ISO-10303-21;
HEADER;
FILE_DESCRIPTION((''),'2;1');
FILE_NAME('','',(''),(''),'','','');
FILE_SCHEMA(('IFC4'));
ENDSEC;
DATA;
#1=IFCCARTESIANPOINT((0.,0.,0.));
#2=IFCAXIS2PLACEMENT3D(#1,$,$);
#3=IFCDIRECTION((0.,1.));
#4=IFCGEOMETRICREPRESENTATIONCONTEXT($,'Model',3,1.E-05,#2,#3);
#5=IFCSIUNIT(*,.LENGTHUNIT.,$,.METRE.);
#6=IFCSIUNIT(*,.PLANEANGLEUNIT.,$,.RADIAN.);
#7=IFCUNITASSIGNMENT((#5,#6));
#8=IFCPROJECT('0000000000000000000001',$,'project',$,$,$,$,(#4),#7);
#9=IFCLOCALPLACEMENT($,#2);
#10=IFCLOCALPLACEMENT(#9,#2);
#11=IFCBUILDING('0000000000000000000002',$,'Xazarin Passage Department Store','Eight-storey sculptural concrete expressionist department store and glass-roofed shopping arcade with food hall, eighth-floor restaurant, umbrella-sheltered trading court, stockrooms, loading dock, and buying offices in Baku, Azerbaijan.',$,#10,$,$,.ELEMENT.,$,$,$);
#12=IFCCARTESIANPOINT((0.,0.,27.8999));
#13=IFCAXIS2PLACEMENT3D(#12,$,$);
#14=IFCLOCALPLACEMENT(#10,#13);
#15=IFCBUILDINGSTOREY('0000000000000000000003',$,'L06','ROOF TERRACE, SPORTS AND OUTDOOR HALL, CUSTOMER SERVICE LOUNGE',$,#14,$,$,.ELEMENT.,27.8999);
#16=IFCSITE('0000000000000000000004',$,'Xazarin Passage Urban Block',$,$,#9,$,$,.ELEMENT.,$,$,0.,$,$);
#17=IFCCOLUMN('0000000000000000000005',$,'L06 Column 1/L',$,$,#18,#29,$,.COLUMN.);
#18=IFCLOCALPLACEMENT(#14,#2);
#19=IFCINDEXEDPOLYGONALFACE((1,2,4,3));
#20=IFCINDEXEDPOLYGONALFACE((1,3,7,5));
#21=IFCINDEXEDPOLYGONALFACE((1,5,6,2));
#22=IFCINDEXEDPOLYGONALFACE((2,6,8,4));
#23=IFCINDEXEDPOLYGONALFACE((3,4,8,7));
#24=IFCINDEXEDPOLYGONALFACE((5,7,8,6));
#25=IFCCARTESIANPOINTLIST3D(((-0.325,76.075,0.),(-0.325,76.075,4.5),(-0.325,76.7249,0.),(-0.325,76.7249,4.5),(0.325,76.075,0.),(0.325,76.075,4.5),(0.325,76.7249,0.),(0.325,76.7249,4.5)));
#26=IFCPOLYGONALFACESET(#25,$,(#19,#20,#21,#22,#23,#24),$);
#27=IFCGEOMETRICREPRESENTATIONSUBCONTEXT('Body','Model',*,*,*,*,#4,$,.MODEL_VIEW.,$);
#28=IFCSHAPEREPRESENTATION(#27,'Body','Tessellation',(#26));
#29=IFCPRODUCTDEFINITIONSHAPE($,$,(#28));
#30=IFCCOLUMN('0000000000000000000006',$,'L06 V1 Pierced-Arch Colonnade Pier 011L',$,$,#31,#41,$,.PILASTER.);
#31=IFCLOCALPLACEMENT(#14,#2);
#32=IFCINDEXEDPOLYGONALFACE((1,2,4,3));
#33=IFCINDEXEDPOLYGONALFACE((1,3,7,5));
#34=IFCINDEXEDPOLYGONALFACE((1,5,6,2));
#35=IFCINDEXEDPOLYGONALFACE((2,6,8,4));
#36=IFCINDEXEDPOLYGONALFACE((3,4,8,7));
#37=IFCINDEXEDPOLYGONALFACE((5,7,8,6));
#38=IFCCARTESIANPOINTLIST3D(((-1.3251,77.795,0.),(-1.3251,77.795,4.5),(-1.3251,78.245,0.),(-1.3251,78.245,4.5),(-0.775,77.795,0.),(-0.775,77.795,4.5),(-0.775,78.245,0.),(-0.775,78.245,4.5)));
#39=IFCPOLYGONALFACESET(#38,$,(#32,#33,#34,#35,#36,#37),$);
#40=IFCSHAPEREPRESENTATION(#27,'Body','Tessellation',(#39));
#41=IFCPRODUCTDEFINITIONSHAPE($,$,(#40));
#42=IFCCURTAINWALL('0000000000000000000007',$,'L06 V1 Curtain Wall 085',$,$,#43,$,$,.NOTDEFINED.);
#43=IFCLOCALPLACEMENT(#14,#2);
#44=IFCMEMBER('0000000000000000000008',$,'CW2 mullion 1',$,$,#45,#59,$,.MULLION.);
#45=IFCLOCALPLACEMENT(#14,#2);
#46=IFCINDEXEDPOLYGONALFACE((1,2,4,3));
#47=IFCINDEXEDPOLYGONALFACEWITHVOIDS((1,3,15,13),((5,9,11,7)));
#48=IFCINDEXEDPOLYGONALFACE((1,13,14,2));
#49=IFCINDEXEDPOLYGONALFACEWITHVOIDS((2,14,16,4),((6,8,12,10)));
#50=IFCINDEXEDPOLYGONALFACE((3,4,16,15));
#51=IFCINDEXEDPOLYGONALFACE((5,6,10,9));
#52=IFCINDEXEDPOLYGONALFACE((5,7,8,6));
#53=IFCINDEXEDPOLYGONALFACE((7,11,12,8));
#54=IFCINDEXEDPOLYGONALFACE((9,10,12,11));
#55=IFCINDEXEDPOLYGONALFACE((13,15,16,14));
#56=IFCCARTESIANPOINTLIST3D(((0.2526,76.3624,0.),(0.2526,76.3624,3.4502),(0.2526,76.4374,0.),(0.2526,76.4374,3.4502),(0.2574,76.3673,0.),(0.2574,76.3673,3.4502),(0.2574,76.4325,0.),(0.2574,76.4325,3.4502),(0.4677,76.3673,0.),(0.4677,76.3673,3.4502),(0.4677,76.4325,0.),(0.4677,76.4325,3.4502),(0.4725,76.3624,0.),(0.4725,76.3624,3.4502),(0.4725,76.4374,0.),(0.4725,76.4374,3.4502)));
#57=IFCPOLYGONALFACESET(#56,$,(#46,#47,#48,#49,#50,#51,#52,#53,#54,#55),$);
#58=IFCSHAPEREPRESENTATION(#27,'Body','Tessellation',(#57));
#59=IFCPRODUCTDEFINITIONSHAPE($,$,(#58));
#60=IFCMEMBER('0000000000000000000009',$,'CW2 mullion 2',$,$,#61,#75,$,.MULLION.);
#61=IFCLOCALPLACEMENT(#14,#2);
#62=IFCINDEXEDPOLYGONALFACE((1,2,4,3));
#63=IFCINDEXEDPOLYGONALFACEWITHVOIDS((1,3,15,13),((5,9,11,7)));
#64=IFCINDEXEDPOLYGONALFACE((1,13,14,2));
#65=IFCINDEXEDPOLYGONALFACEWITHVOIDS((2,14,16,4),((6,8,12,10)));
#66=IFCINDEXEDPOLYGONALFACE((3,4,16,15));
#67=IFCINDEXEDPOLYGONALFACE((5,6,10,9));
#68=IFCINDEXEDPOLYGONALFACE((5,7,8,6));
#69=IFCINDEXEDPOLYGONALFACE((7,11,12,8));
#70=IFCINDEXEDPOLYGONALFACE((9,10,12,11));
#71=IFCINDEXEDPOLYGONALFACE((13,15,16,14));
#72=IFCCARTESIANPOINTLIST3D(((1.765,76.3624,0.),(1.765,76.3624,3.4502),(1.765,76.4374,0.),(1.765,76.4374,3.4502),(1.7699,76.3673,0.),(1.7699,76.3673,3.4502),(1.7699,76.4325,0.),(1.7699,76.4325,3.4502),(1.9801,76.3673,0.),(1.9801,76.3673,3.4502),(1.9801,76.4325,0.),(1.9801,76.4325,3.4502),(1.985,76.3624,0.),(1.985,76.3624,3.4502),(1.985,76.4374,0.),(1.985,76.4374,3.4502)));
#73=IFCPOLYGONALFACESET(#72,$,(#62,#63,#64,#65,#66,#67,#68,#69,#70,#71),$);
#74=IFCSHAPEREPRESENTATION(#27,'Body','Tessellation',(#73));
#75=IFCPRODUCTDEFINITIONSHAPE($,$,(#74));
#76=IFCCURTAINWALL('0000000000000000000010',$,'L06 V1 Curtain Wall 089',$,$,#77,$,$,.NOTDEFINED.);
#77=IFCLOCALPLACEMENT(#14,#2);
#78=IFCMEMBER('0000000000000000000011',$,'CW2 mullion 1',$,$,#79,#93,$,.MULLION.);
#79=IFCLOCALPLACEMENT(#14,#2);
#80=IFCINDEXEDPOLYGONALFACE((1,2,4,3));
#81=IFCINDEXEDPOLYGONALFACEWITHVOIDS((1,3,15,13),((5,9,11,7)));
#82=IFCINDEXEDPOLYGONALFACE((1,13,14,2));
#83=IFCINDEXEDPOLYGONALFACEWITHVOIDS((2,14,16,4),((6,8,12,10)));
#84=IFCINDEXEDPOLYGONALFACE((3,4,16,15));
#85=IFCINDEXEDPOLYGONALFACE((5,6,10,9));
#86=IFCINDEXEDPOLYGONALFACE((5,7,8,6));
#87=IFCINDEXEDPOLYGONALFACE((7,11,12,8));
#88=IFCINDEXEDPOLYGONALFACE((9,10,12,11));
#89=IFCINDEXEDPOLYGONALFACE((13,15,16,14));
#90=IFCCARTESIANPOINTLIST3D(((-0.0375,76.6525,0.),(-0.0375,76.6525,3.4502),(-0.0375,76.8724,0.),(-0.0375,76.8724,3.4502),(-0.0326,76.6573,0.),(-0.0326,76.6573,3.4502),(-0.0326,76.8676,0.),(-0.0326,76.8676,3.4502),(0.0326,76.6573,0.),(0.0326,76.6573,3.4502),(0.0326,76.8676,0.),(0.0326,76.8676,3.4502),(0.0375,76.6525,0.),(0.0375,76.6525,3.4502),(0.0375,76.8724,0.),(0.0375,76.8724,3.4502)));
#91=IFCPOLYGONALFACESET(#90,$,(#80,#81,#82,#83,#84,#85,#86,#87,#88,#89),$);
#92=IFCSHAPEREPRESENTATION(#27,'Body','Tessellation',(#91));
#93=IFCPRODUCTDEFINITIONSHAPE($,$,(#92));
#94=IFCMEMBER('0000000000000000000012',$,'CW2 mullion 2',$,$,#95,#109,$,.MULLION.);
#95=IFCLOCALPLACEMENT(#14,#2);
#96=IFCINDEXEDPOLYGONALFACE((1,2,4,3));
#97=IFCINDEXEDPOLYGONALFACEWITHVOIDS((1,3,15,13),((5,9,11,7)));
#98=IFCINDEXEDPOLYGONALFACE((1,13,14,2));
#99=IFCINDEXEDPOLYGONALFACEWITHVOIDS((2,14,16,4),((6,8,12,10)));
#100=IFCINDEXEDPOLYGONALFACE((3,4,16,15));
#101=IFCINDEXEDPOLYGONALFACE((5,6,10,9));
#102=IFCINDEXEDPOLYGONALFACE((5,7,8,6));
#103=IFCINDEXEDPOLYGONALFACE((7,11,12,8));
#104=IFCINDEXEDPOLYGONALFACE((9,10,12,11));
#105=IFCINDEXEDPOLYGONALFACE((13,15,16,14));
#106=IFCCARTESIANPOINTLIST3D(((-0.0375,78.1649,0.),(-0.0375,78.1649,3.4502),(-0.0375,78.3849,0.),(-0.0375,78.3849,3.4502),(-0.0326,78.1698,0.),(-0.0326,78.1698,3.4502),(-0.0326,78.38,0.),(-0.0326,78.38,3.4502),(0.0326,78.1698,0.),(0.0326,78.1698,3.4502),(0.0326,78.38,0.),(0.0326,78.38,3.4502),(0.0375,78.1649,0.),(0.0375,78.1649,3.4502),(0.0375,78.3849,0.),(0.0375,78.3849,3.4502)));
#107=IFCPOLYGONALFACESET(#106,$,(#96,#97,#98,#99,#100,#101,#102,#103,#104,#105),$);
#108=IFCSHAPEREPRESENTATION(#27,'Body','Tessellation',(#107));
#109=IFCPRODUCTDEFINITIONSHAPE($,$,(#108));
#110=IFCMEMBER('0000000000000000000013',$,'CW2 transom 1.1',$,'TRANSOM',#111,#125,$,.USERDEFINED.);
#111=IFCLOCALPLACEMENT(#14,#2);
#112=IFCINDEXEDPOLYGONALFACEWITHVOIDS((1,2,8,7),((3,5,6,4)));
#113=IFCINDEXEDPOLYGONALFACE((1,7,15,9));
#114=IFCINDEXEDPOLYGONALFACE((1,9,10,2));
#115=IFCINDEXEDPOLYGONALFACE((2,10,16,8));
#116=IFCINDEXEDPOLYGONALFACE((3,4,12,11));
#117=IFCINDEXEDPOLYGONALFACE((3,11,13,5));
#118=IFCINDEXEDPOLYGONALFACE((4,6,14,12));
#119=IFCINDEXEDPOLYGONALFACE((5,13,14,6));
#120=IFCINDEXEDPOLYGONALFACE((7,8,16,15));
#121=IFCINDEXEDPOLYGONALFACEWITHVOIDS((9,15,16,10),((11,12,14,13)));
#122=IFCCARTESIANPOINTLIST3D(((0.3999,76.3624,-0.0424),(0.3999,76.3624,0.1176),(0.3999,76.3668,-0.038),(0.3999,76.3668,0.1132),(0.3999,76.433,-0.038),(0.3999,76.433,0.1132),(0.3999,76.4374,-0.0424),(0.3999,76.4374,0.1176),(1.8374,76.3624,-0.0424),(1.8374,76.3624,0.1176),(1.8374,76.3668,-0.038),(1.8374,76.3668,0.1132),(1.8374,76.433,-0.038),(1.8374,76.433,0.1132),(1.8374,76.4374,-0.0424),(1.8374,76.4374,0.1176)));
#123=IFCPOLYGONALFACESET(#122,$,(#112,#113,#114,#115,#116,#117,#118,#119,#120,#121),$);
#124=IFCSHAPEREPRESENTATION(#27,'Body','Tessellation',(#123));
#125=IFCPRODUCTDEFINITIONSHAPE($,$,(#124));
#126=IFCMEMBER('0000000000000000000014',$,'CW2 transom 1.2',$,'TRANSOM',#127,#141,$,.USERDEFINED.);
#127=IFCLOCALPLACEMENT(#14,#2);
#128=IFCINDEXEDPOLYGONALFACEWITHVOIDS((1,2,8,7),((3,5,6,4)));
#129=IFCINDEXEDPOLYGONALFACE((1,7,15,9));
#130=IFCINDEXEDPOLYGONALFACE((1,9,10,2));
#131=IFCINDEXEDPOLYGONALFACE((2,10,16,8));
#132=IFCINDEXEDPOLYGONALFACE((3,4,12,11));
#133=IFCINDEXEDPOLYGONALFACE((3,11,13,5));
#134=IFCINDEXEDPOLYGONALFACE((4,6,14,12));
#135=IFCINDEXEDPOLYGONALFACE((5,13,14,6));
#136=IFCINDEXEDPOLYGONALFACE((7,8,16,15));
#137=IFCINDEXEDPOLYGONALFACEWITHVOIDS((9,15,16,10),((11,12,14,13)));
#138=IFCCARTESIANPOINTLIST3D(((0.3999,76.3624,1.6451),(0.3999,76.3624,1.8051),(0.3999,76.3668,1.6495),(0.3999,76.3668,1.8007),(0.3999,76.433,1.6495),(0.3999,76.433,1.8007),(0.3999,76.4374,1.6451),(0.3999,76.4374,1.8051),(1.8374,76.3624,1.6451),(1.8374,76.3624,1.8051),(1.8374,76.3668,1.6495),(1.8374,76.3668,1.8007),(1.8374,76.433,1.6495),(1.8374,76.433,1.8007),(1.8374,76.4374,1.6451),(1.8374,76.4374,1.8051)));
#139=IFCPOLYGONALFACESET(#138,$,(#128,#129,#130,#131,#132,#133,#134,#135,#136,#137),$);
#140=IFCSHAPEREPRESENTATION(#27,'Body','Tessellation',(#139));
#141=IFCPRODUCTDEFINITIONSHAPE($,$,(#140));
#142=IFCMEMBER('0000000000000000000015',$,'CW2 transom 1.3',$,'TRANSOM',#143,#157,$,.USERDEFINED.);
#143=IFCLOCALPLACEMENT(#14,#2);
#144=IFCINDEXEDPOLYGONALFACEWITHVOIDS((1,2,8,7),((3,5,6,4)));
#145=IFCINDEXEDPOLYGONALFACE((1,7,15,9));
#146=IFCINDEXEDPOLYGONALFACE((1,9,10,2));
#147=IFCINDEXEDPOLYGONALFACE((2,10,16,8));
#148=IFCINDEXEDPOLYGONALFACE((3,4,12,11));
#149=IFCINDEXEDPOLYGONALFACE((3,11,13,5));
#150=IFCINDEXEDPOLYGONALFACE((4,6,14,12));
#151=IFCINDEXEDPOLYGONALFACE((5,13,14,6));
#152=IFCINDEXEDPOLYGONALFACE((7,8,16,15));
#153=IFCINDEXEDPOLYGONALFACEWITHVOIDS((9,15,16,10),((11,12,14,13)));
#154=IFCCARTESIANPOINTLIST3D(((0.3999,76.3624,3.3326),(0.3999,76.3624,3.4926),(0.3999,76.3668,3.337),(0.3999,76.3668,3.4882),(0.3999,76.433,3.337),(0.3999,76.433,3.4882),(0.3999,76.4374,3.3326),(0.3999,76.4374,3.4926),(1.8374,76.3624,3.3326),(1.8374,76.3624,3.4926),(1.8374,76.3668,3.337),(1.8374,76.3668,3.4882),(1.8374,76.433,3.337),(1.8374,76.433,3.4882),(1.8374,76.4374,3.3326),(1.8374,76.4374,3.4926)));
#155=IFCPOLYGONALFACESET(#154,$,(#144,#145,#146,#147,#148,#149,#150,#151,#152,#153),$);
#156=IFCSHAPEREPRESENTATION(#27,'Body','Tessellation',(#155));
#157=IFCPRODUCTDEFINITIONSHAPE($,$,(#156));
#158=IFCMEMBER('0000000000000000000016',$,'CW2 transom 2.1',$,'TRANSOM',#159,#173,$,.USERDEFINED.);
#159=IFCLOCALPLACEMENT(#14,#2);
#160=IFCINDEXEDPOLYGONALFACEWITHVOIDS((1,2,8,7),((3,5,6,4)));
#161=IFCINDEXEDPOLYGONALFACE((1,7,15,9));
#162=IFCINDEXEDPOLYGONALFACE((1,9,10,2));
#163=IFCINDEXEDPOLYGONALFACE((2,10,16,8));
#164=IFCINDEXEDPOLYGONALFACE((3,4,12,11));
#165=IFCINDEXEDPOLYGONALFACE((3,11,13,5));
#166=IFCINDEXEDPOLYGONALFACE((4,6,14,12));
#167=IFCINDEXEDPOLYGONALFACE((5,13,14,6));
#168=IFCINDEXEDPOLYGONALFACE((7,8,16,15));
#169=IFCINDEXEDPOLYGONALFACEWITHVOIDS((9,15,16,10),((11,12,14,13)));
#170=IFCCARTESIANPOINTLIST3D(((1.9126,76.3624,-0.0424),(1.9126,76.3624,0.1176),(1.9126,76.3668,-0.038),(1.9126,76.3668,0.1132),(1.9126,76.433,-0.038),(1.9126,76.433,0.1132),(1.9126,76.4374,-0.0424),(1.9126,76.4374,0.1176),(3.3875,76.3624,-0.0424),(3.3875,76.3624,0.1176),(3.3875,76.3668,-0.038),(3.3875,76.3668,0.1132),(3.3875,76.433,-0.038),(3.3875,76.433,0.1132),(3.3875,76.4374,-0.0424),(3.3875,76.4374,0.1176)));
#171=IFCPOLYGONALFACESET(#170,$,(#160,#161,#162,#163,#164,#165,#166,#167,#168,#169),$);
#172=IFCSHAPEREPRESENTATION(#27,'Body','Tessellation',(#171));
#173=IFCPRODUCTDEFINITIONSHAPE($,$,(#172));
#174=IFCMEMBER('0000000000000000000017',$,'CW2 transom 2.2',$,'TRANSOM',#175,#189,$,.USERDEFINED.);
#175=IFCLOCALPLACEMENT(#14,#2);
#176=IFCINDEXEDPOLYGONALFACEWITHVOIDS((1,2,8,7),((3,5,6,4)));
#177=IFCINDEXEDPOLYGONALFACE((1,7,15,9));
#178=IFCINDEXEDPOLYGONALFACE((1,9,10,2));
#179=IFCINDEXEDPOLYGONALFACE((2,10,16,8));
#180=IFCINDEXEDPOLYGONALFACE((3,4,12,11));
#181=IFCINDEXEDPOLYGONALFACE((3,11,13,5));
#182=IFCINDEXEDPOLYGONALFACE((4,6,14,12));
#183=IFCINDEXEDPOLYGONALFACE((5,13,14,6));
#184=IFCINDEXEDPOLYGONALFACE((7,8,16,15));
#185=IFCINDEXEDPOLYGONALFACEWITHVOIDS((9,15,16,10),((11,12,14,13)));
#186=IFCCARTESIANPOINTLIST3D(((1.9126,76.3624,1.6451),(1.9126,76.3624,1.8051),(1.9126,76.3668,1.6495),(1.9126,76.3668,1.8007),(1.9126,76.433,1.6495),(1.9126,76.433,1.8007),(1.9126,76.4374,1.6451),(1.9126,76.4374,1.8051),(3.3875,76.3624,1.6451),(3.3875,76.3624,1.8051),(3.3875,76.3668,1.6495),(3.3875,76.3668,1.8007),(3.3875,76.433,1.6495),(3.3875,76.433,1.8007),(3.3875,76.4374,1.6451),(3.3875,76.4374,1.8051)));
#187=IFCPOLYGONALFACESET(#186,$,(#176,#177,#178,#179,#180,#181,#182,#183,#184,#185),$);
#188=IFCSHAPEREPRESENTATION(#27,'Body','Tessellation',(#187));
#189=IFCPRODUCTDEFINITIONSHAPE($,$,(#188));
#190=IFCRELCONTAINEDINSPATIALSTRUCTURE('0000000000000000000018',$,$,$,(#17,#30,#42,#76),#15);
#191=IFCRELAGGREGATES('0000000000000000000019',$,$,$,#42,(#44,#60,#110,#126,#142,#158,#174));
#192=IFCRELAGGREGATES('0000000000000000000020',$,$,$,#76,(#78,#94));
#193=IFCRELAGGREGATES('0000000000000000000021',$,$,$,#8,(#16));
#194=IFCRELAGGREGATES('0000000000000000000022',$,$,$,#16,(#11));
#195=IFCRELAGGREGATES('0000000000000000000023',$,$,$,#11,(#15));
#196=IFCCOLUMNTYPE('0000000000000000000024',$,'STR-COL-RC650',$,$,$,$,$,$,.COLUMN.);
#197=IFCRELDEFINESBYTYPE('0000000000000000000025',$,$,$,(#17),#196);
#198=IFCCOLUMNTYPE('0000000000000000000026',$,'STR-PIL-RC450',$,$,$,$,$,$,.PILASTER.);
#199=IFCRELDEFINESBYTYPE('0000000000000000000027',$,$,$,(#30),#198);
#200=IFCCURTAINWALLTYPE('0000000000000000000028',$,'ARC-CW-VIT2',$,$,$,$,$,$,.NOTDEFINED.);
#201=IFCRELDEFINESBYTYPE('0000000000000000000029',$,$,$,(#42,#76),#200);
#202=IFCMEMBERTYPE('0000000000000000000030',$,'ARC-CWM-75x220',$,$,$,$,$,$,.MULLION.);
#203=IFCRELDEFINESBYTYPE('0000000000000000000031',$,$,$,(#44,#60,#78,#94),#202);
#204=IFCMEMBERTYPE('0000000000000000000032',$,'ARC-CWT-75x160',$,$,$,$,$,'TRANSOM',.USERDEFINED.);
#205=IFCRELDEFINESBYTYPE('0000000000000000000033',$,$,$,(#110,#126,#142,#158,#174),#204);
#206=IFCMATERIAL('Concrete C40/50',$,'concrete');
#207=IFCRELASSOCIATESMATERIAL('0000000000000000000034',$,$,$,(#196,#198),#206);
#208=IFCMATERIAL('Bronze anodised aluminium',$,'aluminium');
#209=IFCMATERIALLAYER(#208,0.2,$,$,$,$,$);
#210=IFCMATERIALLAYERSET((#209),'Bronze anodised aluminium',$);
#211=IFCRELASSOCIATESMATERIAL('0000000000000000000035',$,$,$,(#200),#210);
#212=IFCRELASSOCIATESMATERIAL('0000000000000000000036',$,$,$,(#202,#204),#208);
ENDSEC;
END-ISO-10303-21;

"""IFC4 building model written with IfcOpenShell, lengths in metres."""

from ifc_helpers import new_model, si_unit, direction, frame, origin, origin_2d, place, context, subcontext, project, spatial, rectangle, hollow_rectangle, extrude, material, layer, layer_set, material_profile, profile_set, type_object, element, aggregate, save


model = new_model("IFC4")

# Units and contexts
model_context = context("Model", 3, precision=1e-05, world=origin(), true_north=direction((0.0, 1.0)))
body_context = subcontext(model_context, "Body", "Model", "MODEL_VIEW")
ifc_project = project(units=[si_unit("LENGTHUNIT", "METRE"), si_unit("PLANEANGLEUNIT", "RADIAN")], contexts=[model_context])

# Site, building, storey
site_placement = place(None, origin())
site = spatial("IfcSite", under=ifc_project, at=site_placement, Name="Xazarin Passage Urban Block", CompositionType="ELEMENT", RefElevation=0.0)
building_placement = place(site_placement, origin())
building = spatial("IfcBuilding", under=site, at=building_placement, Name="Xazarin Passage Department Store", Description="Eight-storey sculptural concrete expressionist department store and glass-roofed shopping arcade with food hall, eighth-floor restaurant, umbrella-sheltered trading court, stockrooms, loading dock, and buying offices in Baku, Azerbaijan.", CompositionType="ELEMENT")
storey_placement = place(building_placement, frame((0.0, 0.0, 27.8999)))
storey = spatial("IfcBuildingStorey", under=building, at=storey_placement, Name="L06", Description="ROOF TERRACE, SPORTS AND OUTDOOR HALL, CUSTOMER SERVICE LOUNGE", CompositionType="ELEMENT", Elevation=27.8999)

# Columns
ifc_material_1 = material(Name="Concrete C40/50", Category="concrete")
ifc_material_profile_1 = material_profile(ifc_material_1, rectangle(XDim=0.6499, YDim=0.6499, at=origin_2d()), Name="RC 650x650")
ifc_profile_set_1 = profile_set([ifc_material_profile_1], Name="Concrete C40/50")
column_type_1 = type_object("IfcColumnType", Name="STR-COL-RC650", PredefinedType="COLUMN", material=ifc_profile_set_1)
column_1_placement = place(storey_placement, frame((0.0, 76.3999, 0.0), z_axis=(0.0, 0.0, 1.0), x_axis=(1.0, 0.0, 0.0)))
element("IfcColumn", 1, at=column_1_placement, inside=storey, type_object=column_type_1, Name="L06 Column 1/L", PredefinedType="COLUMN", context=body_context, shape_type="SweptSolid", body=[
    extrude(rectangle(XDim=0.6499, YDim=0.6499, at=origin_2d()), origin(), (0.0, 0.0, 1.0), 4.5),
])
ifc_material_profile_2 = material_profile(ifc_material_1, rectangle(XDim=0.45, YDim=0.55, at=origin_2d()), Name="RC 450x550")
ifc_profile_set_2 = profile_set([ifc_material_profile_2], Name="Concrete C40/50")
column_type_2 = type_object("IfcColumnType", Name="STR-PIL-RC450", PredefinedType="PILASTER", material=ifc_profile_set_2)
column_2_placement = place(storey_placement, frame((-1.05, 78.02, 0.0), z_axis=(0.0, 0.0, 1.0), x_axis=(0.0, 1.0, 0.0)))
element("IfcColumn", 2, at=column_2_placement, inside=storey, type_object=column_type_2, Name="L06 V1 Pierced-Arch Colonnade Pier 011L", PredefinedType="PILASTER", context=body_context, shape_type="SweptSolid", body=[
    extrude(rectangle(XDim=0.45, YDim=0.55, at=origin_2d()), origin(), (0.0, 0.0, 1.0), 4.5),
])

# Curtain walls, members
ifc_material_2 = material(Name="Bronze anodised aluminium", Category="aluminium")
ifc_layer_1 = layer(ifc_material_2, 0.2)
ifc_layer_set_1 = layer_set([ifc_layer_1], Name="Bronze anodised aluminium")
curtain_wall_type = type_object("IfcCurtainWallType", Name="ARC-CW-VIT2", PredefinedType="NOTDEFINED", material=ifc_layer_set_1)
curtain_wall_1_placement = place(storey_placement, origin())
curtain_wall_1 = element("IfcCurtainWall", 3, at=curtain_wall_1_placement, inside=storey, type_object=curtain_wall_type, Name="L06 V1 Curtain Wall 085", PredefinedType="NOTDEFINED")
ifc_material_profile_3 = material_profile(ifc_material_2, hollow_rectangle(XDim=0.075, YDim=0.22, WallThickness=0.0049, at=origin_2d()), Name="ALU 75x220")
ifc_profile_set_3 = profile_set([ifc_material_profile_3], Name="Bronze anodised aluminium")
member_type_1 = type_object("IfcMemberType", Name="ARC-CWM-75x220", PredefinedType="MULLION", material=ifc_profile_set_3)
member_1_placement = place(storey_placement, frame((0.3625, 76.3999, 0.0), z_axis=(0.0, 0.0, 1.0), x_axis=(0.0, 1.0, 0.0)))
member_1 = element("IfcMember", 4, at=member_1_placement, type_object=member_type_1, Name="CW2 mullion 1", PredefinedType="MULLION", context=body_context, shape_type="SweptSolid", body=[
    extrude(hollow_rectangle(XDim=0.075, YDim=0.22, WallThickness=0.0049, at=origin_2d()), origin(), (0.0, 0.0, 1.0), 3.4502),
])
member_2_placement = place(storey_placement, frame((1.875, 76.3999, 0.0), z_axis=(0.0, 0.0, 1.0), x_axis=(0.0, 1.0, 0.0)))
member_2 = element("IfcMember", 5, at=member_2_placement, type_object=member_type_1, Name="CW2 mullion 2", PredefinedType="MULLION", context=body_context, shape_type="SweptSolid", body=[
    extrude(hollow_rectangle(XDim=0.075, YDim=0.22, WallThickness=0.0049, at=origin_2d()), origin(), (0.0, 0.0, 1.0), 3.4502),
])
curtain_wall_2_placement = place(storey_placement, origin())
curtain_wall_2 = element("IfcCurtainWall", 6, at=curtain_wall_2_placement, inside=storey, type_object=curtain_wall_type, Name="L06 V1 Curtain Wall 089", PredefinedType="NOTDEFINED")
member_3_placement = place(storey_placement, frame((0.0, 76.7625, 0.0), z_axis=(0.0, 0.0, 1.0), x_axis=(-1.0, 0.0, 0.0)))
member_3 = element("IfcMember", 7, at=member_3_placement, type_object=member_type_1, Name="CW2 mullion 1", PredefinedType="MULLION", context=body_context, shape_type="SweptSolid", body=[
    extrude(hollow_rectangle(XDim=0.075, YDim=0.22, WallThickness=0.0049, at=origin_2d()), origin(), (0.0, 0.0, 1.0), 3.4502),
])
member_4_placement = place(storey_placement, frame((0.0, 78.2749, 0.0), z_axis=(0.0, 0.0, 1.0), x_axis=(-1.0, 0.0, 0.0)))
member_4 = element("IfcMember", 8, at=member_4_placement, type_object=member_type_1, Name="CW2 mullion 2", PredefinedType="MULLION", context=body_context, shape_type="SweptSolid", body=[
    extrude(hollow_rectangle(XDim=0.075, YDim=0.22, WallThickness=0.0049, at=origin_2d()), origin(), (0.0, 0.0, 1.0), 3.4502),
])

# Members
ifc_material_profile_4 = material_profile(ifc_material_2, hollow_rectangle(XDim=0.075, YDim=0.1599, WallThickness=0.0044, at=origin_2d()), Name="ALU 75x160")
ifc_profile_set_4 = profile_set([ifc_material_profile_4], Name="Bronze anodised aluminium")
member_type_2 = type_object("IfcMemberType", Name="ARC-CWT-75x160", ElementType="TRANSOM", PredefinedType="USERDEFINED", material=ifc_profile_set_4)
member_5_placement = place(storey_placement, frame((0.3999, 76.3999, 0.0376), z_axis=(1.0, 0.0, 0.0), x_axis=(0.0, 1.0, 0.0)))
member_5 = element("IfcMember", 9, at=member_5_placement, type_object=member_type_2, Name="CW2 transom 1.1", ObjectType="TRANSOM", PredefinedType="USERDEFINED", context=body_context, shape_type="SweptSolid", body=[
    extrude(hollow_rectangle(XDim=0.075, YDim=0.1599, WallThickness=0.0044, at=origin_2d()), origin(), (0.0, 0.0, 1.0), 1.4375),
])
member_6_placement = place(storey_placement, frame((0.3999, 76.3999, 1.7251), z_axis=(1.0, 0.0, 0.0), x_axis=(0.0, 1.0, 0.0)))
member_6 = element("IfcMember", 10, at=member_6_placement, type_object=member_type_2, Name="CW2 transom 1.2", ObjectType="TRANSOM", PredefinedType="USERDEFINED", context=body_context, shape_type="SweptSolid", body=[
    extrude(hollow_rectangle(XDim=0.075, YDim=0.1599, WallThickness=0.0044, at=origin_2d()), origin(), (0.0, 0.0, 1.0), 1.4375),
])
member_7_placement = place(storey_placement, frame((0.3999, 76.3999, 3.4126), z_axis=(1.0, 0.0, 0.0), x_axis=(0.0, 1.0, 0.0)))
member_7 = element("IfcMember", 11, at=member_7_placement, type_object=member_type_2, Name="CW2 transom 1.3", ObjectType="TRANSOM", PredefinedType="USERDEFINED", context=body_context, shape_type="SweptSolid", body=[
    extrude(hollow_rectangle(XDim=0.075, YDim=0.1599, WallThickness=0.0044, at=origin_2d()), origin(), (0.0, 0.0, 1.0), 1.4375),
])
member_8_placement = place(storey_placement, frame((1.9126, 76.3999, 0.0376), z_axis=(1.0, 0.0, 0.0), x_axis=(0.0, 1.0, 0.0)))
member_8 = element("IfcMember", 12, at=member_8_placement, type_object=member_type_2, Name="CW2 transom 2.1", ObjectType="TRANSOM", PredefinedType="USERDEFINED", context=body_context, shape_type="SweptSolid", body=[
    extrude(hollow_rectangle(XDim=0.075, YDim=0.1599, WallThickness=0.0044, at=origin_2d()), origin(), (0.0, 0.0, 1.0), 1.4749),
])
member_9_placement = place(storey_placement, frame((1.9126, 76.3999, 1.7251), z_axis=(1.0, 0.0, 0.0), x_axis=(0.0, 1.0, 0.0)))
member_9 = element("IfcMember", 13, at=member_9_placement, type_object=member_type_2, Name="CW2 transom 2.2", ObjectType="TRANSOM", PredefinedType="USERDEFINED", context=body_context, shape_type="SweptSolid", body=[
    extrude(hollow_rectangle(XDim=0.075, YDim=0.1599, WallThickness=0.0044, at=origin_2d()), origin(), (0.0, 0.0, 1.0), 1.4749),
])

aggregate(curtain_wall_1, [member_1, member_2, member_5, member_6, member_7, member_8, member_9])
aggregate(curtain_wall_2, [member_3, member_4])

save(model, "model.ifc")
